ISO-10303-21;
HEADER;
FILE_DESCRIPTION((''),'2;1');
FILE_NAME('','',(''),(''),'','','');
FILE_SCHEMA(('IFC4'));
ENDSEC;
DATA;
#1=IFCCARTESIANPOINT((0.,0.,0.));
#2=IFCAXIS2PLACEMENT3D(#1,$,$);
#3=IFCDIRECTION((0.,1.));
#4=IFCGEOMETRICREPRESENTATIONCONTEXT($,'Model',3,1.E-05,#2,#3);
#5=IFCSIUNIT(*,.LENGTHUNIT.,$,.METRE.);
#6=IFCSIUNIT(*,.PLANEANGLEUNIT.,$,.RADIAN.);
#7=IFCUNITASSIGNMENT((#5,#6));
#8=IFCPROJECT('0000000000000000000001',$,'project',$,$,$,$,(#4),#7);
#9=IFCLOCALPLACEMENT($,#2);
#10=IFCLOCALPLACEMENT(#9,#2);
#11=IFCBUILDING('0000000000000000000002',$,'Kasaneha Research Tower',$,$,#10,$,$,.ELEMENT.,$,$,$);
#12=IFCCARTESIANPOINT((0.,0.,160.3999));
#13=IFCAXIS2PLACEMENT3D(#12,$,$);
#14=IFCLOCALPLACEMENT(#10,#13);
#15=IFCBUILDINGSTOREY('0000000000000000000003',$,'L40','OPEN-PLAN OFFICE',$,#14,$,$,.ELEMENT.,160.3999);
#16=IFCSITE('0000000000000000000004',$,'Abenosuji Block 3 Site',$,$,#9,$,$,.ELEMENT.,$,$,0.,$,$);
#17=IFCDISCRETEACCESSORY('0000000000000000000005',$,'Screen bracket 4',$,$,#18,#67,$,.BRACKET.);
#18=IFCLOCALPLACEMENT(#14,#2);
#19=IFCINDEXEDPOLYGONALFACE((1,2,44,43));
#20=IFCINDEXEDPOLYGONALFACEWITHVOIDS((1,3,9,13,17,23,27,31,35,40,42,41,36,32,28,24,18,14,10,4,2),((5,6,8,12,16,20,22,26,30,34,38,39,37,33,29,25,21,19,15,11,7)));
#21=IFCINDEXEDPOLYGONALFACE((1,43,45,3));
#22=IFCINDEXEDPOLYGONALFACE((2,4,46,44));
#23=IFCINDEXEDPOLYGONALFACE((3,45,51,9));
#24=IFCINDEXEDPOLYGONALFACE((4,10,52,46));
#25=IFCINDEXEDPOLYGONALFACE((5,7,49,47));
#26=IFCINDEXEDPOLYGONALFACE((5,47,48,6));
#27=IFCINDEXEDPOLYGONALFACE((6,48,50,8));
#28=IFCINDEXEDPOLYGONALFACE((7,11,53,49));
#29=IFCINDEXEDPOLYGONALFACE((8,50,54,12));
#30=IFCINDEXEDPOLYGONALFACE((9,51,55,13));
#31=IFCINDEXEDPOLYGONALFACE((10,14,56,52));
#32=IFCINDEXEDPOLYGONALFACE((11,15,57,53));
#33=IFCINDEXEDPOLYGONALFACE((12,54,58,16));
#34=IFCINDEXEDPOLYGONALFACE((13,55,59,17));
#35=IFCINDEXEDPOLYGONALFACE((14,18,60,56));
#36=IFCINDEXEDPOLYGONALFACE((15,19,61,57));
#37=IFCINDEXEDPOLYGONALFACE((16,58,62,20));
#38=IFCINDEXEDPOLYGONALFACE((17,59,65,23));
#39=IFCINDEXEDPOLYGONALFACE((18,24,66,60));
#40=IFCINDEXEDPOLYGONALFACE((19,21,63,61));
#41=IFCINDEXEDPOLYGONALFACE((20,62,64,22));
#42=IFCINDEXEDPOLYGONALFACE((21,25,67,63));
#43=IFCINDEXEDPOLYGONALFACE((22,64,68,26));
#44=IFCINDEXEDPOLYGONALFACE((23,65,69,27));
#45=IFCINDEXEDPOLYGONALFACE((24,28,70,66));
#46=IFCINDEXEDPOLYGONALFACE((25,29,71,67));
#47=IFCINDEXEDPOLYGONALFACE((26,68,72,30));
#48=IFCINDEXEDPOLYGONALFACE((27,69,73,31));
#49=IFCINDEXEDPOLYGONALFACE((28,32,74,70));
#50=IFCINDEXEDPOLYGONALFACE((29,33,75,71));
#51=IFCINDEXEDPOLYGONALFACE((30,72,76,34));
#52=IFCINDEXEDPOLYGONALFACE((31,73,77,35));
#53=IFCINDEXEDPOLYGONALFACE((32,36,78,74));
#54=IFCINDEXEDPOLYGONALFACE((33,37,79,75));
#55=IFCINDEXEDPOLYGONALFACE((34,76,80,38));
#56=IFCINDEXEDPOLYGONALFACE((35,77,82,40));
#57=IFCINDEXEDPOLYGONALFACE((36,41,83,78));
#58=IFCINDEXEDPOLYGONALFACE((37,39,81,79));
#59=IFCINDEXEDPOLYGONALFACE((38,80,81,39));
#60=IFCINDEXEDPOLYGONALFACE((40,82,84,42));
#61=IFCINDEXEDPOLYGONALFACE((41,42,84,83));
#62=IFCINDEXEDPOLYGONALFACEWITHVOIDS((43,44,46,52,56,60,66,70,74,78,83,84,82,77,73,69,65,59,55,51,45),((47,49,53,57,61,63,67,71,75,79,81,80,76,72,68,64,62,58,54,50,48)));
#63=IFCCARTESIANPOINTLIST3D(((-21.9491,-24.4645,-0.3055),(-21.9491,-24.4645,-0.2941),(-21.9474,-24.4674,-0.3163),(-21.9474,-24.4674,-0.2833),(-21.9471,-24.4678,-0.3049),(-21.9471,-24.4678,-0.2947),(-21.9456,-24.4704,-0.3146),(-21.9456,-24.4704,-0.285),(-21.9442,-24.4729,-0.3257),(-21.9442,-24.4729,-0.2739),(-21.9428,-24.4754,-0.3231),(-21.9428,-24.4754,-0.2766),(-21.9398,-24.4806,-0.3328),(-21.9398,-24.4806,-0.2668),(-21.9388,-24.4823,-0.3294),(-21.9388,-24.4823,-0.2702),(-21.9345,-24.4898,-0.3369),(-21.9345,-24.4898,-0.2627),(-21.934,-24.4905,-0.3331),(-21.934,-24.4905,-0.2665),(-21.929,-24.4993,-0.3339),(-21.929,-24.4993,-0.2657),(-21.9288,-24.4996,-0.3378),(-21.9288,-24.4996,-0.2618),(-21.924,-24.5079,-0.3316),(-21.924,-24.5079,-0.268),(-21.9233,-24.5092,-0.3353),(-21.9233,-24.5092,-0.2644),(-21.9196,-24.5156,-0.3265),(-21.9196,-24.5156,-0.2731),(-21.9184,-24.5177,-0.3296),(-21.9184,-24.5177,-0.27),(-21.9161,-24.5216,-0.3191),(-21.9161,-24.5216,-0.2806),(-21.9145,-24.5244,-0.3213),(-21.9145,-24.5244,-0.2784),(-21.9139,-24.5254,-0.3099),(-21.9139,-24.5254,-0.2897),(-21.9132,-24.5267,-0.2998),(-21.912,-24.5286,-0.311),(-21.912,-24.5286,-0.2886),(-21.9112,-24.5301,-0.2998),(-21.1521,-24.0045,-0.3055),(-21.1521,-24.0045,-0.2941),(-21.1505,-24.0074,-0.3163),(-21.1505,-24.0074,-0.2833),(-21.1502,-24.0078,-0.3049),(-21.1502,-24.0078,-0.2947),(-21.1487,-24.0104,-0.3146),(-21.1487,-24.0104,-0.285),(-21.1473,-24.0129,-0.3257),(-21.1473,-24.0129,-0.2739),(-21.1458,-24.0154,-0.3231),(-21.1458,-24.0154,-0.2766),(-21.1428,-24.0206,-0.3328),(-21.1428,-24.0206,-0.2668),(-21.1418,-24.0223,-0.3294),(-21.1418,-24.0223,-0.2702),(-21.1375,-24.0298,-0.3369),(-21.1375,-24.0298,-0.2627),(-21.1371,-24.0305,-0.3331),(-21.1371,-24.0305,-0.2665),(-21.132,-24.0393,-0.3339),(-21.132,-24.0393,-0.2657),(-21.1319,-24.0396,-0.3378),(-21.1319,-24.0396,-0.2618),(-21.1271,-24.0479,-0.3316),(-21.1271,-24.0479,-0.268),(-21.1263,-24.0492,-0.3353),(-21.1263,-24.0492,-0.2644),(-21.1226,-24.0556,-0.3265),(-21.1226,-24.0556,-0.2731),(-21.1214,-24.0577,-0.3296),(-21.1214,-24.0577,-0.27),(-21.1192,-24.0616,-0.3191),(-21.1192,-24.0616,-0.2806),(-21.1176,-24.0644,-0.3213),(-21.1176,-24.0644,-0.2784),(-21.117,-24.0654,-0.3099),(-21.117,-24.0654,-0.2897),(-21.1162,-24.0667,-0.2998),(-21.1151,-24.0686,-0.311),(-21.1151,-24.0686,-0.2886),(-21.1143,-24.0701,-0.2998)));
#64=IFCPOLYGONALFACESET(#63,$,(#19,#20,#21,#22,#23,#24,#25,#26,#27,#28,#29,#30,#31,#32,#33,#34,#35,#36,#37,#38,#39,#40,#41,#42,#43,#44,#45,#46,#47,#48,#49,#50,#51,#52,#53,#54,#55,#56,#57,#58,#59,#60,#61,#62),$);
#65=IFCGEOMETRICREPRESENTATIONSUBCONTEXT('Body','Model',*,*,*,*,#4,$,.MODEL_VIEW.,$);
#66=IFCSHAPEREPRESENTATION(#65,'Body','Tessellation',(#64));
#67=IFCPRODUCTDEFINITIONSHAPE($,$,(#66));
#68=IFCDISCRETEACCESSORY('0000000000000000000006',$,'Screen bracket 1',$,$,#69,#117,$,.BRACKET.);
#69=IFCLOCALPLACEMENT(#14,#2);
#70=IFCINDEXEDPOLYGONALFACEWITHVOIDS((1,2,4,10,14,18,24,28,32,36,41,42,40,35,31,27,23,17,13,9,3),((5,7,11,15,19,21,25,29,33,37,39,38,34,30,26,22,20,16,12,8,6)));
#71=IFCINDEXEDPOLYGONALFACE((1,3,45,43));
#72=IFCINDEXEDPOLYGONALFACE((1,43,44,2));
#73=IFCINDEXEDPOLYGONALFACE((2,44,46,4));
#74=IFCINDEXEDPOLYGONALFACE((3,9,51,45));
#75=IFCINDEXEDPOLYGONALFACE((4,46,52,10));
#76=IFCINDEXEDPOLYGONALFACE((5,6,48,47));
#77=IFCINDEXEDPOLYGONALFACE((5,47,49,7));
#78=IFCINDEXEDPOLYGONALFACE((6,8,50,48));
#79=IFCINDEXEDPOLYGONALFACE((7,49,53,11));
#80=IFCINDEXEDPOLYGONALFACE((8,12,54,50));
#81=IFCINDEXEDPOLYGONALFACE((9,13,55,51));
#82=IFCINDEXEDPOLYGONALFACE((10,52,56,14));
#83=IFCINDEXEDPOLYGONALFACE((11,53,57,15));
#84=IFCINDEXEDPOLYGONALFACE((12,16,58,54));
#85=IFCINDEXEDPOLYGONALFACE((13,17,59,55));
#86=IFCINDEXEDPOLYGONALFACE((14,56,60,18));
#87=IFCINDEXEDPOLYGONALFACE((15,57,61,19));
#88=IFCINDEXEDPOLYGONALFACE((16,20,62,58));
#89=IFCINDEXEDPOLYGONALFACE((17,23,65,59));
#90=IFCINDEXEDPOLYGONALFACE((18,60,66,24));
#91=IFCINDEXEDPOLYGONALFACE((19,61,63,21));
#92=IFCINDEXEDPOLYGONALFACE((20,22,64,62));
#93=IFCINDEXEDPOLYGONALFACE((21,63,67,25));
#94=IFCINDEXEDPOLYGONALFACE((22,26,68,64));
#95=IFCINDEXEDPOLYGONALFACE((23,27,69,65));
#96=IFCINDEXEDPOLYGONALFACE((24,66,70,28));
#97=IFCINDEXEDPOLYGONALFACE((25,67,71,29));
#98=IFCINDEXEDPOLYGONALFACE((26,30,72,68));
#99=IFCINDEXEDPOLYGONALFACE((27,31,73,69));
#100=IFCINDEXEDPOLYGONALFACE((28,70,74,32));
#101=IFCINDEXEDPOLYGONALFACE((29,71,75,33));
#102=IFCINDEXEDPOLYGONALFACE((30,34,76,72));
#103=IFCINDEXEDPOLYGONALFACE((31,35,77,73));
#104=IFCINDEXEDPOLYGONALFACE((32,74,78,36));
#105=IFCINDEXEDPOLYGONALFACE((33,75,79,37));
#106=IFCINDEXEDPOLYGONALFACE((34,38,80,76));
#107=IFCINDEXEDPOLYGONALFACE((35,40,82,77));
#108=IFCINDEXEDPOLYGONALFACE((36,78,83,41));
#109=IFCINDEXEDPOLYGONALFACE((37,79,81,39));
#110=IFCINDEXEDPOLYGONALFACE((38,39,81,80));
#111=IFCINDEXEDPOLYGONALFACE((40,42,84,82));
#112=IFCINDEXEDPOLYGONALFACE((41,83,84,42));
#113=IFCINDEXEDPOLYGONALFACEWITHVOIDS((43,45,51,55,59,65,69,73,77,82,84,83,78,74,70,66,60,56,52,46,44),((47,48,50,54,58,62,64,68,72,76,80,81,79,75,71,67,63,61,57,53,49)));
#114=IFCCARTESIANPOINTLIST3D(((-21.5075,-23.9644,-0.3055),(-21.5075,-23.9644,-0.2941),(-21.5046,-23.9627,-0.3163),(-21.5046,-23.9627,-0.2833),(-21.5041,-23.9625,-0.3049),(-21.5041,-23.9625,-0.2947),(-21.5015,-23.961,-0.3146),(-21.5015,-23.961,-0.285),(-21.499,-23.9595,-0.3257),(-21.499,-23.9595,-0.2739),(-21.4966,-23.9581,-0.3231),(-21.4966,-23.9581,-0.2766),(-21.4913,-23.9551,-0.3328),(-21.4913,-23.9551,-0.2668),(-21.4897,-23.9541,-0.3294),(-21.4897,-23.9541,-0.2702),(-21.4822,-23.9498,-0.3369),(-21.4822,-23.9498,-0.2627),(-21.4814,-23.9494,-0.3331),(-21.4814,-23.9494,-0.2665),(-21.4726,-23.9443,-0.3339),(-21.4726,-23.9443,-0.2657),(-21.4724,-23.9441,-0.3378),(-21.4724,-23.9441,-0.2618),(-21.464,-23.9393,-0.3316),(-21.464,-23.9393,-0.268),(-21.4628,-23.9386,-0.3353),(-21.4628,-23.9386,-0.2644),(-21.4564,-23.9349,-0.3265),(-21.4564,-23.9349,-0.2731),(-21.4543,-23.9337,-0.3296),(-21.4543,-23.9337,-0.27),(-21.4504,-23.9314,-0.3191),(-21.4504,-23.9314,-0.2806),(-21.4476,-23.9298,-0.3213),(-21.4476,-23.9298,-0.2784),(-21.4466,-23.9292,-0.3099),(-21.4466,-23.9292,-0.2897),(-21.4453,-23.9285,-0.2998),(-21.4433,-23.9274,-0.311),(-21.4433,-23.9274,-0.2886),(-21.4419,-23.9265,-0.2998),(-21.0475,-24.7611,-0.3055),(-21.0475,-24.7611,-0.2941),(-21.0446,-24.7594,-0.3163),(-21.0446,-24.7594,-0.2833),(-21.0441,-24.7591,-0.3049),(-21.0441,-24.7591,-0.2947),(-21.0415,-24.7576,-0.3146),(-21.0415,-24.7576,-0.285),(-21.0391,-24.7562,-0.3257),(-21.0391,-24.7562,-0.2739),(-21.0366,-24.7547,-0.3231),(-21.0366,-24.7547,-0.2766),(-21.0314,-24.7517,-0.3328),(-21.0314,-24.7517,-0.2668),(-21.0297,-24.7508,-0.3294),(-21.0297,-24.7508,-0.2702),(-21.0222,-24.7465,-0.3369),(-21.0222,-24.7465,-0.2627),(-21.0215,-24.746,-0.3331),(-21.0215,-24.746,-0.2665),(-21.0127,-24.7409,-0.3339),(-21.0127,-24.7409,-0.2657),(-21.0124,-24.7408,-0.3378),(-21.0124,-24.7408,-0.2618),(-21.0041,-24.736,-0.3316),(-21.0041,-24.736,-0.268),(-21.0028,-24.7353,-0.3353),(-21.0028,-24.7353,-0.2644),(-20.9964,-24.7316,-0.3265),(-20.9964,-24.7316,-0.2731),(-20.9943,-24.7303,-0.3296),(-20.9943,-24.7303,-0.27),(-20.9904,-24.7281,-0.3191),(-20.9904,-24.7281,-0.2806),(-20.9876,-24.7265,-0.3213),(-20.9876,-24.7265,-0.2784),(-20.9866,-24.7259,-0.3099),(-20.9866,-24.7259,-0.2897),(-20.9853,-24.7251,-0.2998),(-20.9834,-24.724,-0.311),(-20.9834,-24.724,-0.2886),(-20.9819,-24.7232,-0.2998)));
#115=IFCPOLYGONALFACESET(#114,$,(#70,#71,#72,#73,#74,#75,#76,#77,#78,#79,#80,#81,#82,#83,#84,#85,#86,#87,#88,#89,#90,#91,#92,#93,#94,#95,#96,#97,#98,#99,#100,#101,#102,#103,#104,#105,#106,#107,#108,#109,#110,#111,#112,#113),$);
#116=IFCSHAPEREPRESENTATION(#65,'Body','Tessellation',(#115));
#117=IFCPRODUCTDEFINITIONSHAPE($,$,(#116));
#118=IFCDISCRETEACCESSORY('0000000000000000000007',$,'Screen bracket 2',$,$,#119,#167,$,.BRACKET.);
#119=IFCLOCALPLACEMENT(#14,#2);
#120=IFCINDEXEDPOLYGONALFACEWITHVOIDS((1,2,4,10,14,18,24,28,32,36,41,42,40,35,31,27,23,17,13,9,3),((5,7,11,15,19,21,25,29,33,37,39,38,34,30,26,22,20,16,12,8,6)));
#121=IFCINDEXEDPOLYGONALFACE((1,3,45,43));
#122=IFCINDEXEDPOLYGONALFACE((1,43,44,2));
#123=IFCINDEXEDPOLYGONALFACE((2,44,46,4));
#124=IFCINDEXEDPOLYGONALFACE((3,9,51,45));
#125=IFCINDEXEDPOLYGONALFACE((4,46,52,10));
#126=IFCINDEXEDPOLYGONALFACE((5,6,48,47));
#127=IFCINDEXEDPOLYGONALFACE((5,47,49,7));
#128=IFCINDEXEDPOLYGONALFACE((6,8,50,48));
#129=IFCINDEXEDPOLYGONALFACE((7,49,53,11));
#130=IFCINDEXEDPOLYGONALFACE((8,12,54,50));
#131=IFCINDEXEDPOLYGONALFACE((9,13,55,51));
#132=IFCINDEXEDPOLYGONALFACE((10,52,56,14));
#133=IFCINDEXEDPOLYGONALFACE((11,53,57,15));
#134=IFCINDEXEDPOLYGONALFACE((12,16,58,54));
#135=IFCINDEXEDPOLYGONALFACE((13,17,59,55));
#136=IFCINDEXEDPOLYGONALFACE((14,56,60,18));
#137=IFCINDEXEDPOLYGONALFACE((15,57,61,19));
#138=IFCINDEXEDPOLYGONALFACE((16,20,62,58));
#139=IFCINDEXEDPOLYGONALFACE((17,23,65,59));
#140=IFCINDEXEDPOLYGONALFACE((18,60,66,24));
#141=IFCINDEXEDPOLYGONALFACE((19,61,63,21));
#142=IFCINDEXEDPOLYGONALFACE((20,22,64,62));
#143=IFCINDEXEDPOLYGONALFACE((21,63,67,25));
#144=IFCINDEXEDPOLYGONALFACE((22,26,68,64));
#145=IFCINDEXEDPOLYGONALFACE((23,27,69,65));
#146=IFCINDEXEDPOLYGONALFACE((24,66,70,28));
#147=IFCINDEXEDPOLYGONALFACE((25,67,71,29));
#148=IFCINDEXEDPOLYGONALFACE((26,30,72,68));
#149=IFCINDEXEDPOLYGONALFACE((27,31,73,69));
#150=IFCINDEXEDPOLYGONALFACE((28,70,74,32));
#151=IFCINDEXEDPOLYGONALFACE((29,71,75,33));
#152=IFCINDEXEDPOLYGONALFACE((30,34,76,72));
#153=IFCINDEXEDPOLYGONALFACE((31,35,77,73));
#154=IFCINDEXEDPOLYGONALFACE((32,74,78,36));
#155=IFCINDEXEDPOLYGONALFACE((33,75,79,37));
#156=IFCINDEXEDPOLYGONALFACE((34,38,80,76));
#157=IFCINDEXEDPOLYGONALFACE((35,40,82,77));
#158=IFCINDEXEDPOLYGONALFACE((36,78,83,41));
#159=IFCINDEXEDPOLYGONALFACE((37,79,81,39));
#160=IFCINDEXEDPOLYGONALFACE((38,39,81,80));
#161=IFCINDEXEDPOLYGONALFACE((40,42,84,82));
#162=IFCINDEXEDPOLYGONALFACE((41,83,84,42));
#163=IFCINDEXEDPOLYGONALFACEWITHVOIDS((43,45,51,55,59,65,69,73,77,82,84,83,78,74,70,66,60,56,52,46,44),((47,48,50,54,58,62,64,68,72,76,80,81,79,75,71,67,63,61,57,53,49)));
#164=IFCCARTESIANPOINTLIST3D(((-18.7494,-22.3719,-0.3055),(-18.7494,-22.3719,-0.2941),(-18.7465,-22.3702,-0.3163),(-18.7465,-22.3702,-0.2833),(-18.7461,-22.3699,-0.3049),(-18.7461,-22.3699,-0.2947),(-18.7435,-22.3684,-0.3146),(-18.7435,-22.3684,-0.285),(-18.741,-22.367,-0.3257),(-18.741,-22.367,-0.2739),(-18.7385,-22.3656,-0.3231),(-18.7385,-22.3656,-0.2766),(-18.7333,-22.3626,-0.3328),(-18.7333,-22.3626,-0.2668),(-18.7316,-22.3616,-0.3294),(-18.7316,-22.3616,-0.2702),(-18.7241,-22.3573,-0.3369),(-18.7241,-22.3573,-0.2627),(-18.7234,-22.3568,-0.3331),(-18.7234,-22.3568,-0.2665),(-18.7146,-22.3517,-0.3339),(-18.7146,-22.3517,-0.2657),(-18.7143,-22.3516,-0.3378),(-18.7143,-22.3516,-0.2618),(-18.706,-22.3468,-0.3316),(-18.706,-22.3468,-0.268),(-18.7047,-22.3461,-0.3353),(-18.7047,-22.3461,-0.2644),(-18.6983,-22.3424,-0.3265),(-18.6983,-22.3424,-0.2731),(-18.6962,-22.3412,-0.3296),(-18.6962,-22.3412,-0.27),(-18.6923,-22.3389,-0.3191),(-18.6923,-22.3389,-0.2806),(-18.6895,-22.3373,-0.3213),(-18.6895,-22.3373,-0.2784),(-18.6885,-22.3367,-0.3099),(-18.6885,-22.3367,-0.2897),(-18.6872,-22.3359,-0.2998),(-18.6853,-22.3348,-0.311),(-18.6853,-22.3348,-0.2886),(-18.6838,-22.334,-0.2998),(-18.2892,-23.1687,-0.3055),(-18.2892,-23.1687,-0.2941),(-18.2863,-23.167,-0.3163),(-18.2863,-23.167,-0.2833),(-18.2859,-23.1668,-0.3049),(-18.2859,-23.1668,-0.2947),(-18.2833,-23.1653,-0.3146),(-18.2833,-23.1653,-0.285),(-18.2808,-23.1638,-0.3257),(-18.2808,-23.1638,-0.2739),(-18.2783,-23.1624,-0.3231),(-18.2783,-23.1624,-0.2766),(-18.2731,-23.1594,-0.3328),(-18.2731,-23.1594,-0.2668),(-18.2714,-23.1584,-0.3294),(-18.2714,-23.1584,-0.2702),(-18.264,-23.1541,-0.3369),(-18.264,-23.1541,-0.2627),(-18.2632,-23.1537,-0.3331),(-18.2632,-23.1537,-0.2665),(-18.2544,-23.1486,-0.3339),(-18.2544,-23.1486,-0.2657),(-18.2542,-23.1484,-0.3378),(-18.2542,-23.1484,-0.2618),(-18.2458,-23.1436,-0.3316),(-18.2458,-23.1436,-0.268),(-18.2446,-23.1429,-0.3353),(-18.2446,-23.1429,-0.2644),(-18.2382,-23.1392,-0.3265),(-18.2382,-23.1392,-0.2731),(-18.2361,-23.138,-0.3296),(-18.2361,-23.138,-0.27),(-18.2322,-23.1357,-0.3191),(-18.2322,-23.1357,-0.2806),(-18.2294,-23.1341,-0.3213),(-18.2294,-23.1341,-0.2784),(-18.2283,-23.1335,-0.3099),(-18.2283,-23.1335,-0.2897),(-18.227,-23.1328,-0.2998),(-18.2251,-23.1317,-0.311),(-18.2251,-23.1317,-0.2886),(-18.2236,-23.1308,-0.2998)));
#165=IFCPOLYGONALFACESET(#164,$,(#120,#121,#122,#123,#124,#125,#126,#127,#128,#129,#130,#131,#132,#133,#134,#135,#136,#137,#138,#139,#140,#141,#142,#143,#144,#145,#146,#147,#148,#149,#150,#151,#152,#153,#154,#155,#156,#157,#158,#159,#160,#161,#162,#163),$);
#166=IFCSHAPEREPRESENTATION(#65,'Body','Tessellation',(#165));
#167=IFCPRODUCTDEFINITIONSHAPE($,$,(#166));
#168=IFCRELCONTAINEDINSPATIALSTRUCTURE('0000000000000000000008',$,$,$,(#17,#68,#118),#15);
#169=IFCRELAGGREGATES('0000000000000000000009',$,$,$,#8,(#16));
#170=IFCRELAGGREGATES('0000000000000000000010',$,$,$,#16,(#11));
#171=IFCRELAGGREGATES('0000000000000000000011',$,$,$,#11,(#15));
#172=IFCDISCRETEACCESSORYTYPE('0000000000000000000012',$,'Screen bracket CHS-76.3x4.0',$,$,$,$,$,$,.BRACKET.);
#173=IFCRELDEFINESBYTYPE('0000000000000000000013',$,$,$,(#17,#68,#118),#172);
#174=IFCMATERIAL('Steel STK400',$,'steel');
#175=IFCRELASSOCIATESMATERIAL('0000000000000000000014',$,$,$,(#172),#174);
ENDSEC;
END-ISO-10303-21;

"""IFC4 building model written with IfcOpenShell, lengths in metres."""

from ifc_helpers import new_model, si_unit, direction, frame, origin, origin_2d, place, context, subcontext, project, spatial, hollow_circle, extrude, material, material_profile, profile_set, type_object, element, save


model = new_model("IFC4")

# Units and contexts
model_context = context("Model", 3, precision=1e-05, world=origin(), true_north=direction((0.0, 1.0)))
body_context = subcontext(model_context, "Body", "Model", "MODEL_VIEW")
ifc_project = project(units=[si_unit("LENGTHUNIT", "METRE"), si_unit("PLANEANGLEUNIT", "RADIAN")], contexts=[model_context])

# Site, building, storey
site_placement = place(None, origin())
site = spatial("IfcSite", under=ifc_project, at=site_placement, Name="Abenosuji Block 3 Site", CompositionType="ELEMENT", RefElevation=0.0)
building_placement = place(site_placement, origin())
building = spatial("IfcBuilding", under=site, at=building_placement, Name="Kasaneha Research Tower", CompositionType="ELEMENT")
storey_placement = place(building_placement, frame((0.0, 0.0, 160.3999)))
storey = spatial("IfcBuildingStorey", under=building, at=storey_placement, Name="L40", Description="OPEN-PLAN OFFICE", CompositionType="ELEMENT", Elevation=160.3999)

# Discrete accessories
ifc_material_1 = material(Name="Steel STK400", Category="steel")
ifc_material_profile_1 = material_profile(ifc_material_1, hollow_circle(Radius=0.0381, WallThickness=0.0039, at=origin_2d()), Name="CHS-76.3x4.0")
ifc_profile_set_1 = profile_set([ifc_material_profile_1], Name="Steel STK400")
discrete_accessory_type = type_object("IfcDiscreteAccessoryType", Name="Screen bracket CHS-76.3x4.0", PredefinedType="BRACKET", material=ifc_profile_set_1)
discrete_accessory_1_placement = place(storey_placement, frame((-21.1333, -24.0371, -0.2998), z_axis=(-0.86608, -0.499906, 0.0), x_axis=(0.499906, -0.86608, 0.0)))
element("IfcDiscreteAccessory", 1, at=discrete_accessory_1_placement, inside=storey, type_object=discrete_accessory_type, Name="Screen bracket 4", PredefinedType="BRACKET", context=body_context, shape_type="SweptSolid", body=[
    extrude(hollow_circle(Radius=0.0381, WallThickness=0.0039, at=origin_2d()), origin(), (0.0, 0.0, 1.0), 0.9202),
])
discrete_accessory_2_placement = place(storey_placement, frame((-21.4749, -23.9456, -0.2998), z_axis=(0.500021, -0.866013, 0.0), x_axis=(0.866013, 0.500021, 0.0)))
element("IfcDiscreteAccessory", 2, at=discrete_accessory_2_placement, inside=storey, type_object=discrete_accessory_type, Name="Screen bracket 1", PredefinedType="BRACKET", context=body_context, shape_type="SweptSolid", body=[
    extrude(hollow_circle(Radius=0.0381, WallThickness=0.0039, at=origin_2d()), origin(), (0.0, 0.0, 1.0), 0.9199),
])
discrete_accessory_3_placement = place(storey_placement, frame((-18.7168, -22.353, -0.2998), z_axis=(0.500105, -0.865965, 0.0), x_axis=(0.865965, 0.500105, 0.0)))
element("IfcDiscreteAccessory", 3, at=discrete_accessory_3_placement, inside=storey, type_object=discrete_accessory_type, Name="Screen bracket 2", PredefinedType="BRACKET", context=body_context, shape_type="SweptSolid", body=[
    extrude(hollow_circle(Radius=0.0381, WallThickness=0.0039, at=origin_2d()), origin(), (0.0, 0.0, 1.0), 0.9202),
])

save(model, "model.ifc")
